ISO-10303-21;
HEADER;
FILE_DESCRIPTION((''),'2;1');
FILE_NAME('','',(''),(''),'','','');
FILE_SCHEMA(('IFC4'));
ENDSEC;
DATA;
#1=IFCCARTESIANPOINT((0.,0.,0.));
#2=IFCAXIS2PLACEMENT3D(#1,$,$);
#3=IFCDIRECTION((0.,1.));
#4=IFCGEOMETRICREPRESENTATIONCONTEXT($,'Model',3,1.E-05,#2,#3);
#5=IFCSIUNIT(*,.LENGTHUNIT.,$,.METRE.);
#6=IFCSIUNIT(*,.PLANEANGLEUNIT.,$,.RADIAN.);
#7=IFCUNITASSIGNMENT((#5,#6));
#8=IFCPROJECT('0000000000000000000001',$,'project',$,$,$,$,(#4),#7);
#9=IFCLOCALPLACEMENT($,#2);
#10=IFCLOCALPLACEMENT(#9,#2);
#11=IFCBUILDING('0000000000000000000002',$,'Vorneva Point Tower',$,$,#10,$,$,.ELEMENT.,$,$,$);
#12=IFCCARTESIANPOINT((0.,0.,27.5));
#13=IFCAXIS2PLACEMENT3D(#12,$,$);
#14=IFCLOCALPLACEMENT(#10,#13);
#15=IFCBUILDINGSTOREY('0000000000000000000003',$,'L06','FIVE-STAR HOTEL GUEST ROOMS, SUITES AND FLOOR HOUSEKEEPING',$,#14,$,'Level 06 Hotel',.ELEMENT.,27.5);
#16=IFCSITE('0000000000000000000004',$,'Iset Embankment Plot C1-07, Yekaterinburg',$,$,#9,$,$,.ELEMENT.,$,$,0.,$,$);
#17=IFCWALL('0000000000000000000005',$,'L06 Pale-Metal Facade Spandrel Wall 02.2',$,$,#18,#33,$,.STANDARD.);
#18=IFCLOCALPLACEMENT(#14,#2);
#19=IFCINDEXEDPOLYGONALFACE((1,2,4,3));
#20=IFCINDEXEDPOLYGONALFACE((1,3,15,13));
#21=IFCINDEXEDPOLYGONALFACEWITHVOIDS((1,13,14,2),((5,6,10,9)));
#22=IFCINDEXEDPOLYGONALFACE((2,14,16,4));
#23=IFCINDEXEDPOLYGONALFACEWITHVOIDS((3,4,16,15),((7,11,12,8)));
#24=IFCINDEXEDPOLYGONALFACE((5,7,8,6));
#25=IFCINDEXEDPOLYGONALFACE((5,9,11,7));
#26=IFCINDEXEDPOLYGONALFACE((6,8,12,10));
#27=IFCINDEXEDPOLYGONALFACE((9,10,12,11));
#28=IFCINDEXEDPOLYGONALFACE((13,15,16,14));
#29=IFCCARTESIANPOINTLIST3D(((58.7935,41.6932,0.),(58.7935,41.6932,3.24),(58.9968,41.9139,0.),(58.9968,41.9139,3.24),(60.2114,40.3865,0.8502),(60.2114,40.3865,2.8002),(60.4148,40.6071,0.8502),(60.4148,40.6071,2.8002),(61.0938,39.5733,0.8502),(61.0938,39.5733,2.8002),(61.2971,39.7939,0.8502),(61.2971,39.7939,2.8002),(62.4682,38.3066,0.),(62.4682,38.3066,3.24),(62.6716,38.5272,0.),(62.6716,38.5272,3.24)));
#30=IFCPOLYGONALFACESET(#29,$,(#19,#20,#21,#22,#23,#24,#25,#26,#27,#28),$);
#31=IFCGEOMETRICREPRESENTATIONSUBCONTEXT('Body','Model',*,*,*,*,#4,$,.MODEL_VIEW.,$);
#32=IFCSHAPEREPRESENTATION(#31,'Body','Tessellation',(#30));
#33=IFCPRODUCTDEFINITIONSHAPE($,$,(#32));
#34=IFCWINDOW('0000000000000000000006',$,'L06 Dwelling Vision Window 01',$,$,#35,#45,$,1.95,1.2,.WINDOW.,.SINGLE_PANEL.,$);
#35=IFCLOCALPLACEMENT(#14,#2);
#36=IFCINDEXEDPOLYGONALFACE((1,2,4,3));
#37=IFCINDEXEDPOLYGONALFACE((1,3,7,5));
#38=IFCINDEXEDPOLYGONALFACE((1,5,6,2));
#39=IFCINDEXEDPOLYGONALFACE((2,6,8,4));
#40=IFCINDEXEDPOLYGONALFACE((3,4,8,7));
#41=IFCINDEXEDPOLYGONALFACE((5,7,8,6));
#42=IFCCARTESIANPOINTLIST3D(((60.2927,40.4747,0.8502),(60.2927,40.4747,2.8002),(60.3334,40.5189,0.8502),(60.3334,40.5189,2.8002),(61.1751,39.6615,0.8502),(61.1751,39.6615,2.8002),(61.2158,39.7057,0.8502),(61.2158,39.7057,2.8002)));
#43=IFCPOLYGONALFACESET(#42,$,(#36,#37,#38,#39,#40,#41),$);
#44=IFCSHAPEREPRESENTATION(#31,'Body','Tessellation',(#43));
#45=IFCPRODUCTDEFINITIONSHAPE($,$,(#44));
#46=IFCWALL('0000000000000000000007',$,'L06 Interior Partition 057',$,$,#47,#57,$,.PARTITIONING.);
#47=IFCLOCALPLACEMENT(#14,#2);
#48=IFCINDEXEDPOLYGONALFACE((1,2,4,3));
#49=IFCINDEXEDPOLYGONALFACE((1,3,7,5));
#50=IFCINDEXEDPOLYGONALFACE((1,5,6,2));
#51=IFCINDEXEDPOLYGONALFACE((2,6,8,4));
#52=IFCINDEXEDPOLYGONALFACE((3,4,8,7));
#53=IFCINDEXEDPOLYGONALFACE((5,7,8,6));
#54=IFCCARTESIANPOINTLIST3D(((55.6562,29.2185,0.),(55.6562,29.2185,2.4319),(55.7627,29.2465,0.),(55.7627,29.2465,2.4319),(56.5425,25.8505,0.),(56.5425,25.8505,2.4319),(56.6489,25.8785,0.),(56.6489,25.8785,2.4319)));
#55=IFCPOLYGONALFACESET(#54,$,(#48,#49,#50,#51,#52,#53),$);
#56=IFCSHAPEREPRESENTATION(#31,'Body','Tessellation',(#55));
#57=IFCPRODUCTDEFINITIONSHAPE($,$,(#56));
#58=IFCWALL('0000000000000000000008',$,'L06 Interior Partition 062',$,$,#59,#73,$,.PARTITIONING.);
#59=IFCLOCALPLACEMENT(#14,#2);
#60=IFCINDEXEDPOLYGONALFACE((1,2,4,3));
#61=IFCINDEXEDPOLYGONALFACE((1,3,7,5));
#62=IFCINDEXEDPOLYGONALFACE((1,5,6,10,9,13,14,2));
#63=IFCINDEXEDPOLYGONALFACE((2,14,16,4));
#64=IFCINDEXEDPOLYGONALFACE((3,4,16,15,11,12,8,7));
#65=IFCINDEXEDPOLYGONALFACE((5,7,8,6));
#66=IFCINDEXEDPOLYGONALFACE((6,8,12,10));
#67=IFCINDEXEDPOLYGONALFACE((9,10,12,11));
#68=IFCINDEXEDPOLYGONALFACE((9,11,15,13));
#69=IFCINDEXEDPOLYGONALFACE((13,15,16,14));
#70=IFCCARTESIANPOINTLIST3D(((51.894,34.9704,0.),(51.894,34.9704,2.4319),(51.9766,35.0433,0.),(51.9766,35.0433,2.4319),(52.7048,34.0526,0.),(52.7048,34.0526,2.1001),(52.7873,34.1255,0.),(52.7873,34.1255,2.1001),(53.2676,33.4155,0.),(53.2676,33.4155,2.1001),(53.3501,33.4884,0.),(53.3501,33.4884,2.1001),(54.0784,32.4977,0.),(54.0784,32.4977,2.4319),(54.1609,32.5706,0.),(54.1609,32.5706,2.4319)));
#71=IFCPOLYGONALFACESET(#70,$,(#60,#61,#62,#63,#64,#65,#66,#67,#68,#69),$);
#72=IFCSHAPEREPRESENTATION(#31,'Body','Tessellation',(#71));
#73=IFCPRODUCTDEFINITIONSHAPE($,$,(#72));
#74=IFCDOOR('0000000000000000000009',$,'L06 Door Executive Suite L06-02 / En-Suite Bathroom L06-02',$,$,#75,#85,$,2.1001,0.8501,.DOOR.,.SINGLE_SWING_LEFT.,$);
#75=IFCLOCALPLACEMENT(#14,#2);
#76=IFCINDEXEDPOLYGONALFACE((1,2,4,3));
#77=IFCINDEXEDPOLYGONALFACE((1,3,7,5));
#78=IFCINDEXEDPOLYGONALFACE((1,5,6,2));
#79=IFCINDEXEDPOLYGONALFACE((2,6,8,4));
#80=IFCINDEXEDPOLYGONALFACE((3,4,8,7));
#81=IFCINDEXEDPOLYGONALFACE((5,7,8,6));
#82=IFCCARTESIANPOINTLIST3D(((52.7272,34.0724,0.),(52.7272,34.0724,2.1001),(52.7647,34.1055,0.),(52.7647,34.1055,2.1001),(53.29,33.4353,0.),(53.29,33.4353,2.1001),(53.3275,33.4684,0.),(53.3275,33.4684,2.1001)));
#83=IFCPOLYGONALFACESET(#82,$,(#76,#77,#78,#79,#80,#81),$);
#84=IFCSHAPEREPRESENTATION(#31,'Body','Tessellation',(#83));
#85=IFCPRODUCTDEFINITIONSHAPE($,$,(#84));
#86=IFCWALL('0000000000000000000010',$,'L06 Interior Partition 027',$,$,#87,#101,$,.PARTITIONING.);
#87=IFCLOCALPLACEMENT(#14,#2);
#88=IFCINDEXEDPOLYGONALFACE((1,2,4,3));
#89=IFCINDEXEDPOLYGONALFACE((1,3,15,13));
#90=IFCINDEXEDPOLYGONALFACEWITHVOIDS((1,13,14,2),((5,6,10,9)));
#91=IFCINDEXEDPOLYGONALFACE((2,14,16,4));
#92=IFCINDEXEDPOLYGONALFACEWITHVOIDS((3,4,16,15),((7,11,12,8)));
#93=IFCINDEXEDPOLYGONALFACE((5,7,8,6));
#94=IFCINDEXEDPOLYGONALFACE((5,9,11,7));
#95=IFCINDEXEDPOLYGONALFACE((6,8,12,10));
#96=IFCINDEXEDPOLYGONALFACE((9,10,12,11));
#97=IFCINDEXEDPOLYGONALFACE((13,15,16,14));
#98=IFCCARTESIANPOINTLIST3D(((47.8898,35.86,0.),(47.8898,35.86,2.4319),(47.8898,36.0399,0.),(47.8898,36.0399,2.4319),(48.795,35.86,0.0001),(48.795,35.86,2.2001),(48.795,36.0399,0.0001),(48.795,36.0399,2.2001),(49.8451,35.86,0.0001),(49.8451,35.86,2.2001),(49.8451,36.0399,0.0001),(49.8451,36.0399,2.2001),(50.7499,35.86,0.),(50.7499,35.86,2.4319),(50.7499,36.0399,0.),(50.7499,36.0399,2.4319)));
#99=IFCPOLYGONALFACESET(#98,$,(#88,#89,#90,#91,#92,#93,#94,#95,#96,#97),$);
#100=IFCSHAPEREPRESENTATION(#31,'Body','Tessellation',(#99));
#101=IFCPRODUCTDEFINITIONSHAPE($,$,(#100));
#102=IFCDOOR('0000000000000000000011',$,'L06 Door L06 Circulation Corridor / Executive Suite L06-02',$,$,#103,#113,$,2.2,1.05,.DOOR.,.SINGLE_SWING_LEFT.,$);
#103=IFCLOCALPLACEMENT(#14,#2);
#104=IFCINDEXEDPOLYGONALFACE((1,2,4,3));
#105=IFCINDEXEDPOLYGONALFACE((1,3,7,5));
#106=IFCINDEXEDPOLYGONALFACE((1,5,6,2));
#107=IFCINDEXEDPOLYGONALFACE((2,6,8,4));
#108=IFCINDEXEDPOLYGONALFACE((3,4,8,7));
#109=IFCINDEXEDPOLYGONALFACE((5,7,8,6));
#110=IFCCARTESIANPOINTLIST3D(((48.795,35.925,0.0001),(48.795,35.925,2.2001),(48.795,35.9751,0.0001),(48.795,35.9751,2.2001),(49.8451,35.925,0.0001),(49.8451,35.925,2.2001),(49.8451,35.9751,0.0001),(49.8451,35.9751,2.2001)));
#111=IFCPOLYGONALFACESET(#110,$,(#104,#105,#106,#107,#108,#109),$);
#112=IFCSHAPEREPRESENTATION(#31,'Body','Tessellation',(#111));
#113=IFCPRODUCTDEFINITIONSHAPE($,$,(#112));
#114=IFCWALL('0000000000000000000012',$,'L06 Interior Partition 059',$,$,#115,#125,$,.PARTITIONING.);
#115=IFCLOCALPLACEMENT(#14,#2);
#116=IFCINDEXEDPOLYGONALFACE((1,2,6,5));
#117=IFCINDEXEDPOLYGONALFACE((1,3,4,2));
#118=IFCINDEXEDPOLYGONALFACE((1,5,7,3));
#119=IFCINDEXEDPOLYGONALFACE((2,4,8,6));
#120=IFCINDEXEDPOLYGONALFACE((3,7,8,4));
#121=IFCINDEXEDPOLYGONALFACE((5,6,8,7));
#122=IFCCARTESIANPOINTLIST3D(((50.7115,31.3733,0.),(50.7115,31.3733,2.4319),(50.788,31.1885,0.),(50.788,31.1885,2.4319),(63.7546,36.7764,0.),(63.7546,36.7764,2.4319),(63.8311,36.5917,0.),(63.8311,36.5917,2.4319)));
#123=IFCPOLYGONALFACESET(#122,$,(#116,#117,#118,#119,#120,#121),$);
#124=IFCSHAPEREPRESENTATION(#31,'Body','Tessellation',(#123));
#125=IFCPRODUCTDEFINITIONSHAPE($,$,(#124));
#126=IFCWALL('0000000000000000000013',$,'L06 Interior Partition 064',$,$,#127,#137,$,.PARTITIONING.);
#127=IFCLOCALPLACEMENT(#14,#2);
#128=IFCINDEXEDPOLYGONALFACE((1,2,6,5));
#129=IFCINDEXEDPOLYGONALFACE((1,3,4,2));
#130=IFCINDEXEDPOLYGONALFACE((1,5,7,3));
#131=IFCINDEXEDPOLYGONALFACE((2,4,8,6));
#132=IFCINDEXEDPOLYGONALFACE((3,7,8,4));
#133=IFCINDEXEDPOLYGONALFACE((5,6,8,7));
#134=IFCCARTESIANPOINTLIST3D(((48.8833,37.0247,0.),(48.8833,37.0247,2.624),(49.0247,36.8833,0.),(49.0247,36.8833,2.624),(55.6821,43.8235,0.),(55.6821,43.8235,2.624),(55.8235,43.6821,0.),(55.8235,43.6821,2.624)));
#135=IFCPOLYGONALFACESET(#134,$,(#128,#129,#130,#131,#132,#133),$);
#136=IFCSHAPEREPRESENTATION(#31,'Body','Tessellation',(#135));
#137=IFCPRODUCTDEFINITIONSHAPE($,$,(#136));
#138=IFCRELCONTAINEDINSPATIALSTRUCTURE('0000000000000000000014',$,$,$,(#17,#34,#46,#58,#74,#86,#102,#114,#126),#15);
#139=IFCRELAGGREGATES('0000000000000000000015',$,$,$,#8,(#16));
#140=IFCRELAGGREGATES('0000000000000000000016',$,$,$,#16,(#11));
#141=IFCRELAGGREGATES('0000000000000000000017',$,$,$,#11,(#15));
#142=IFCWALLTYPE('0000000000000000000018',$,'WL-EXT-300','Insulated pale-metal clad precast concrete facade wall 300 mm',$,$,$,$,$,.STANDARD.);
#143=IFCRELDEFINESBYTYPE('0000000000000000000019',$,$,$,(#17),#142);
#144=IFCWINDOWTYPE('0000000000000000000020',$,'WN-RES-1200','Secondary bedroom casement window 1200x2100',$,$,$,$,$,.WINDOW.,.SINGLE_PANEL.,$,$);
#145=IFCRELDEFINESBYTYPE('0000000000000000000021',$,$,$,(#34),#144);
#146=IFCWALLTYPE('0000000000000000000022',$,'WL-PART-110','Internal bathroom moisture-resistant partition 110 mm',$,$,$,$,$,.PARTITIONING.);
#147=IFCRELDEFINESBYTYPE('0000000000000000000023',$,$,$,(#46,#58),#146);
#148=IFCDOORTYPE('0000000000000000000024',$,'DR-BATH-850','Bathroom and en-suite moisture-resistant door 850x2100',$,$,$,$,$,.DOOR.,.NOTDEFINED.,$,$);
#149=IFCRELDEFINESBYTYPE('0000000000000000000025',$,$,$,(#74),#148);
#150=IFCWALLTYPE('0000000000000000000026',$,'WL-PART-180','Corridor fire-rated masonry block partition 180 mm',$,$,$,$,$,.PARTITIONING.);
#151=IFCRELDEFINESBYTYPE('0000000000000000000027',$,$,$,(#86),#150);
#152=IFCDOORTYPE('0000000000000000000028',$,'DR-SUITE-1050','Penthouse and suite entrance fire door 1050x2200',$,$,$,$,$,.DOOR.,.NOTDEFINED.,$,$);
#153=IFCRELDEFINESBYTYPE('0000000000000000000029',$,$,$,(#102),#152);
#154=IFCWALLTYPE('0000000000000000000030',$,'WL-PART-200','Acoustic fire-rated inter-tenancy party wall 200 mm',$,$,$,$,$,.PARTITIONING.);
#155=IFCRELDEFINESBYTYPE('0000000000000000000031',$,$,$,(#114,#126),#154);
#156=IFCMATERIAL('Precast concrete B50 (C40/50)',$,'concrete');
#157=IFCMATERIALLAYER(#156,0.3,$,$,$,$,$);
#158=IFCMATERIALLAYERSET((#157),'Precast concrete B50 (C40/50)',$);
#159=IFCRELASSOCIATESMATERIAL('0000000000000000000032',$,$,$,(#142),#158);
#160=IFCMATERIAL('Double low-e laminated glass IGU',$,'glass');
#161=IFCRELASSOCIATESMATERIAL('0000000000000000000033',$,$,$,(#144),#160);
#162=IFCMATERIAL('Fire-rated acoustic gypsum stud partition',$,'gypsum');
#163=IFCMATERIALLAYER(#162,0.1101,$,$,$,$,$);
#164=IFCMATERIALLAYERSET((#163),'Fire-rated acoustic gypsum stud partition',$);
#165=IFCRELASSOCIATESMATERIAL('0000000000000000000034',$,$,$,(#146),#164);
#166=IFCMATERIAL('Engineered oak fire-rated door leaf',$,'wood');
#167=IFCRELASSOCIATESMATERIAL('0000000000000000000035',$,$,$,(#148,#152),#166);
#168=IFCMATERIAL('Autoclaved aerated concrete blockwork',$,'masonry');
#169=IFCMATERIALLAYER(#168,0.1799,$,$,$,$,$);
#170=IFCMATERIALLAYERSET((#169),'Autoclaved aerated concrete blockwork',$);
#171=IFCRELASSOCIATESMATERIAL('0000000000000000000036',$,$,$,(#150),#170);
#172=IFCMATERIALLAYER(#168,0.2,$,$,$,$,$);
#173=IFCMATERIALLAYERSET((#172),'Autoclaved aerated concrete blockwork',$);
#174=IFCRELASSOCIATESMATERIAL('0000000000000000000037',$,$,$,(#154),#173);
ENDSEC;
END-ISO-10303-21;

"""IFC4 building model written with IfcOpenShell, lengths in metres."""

from ifc_helpers import new_model, si_unit, direction, frame, frame_2d, origin, place, context, subcontext, project, spatial, rectangle, extrude, material, layer, layer_set, type_object, element, fill, save


model = new_model("IFC4")

# Units and contexts
model_context = context("Model", 3, precision=1e-05, world=origin(), true_north=direction((0.0, 1.0)))
body_context = subcontext(model_context, "Body", "Model", "MODEL_VIEW")
ifc_project = project(units=[si_unit("LENGTHUNIT", "METRE"), si_unit("PLANEANGLEUNIT", "RADIAN")], contexts=[model_context])

# Site, building, storey
site_placement = place(None, origin())
site = spatial("IfcSite", under=ifc_project, at=site_placement, Name="Iset Embankment Plot C1-07, Yekaterinburg", CompositionType="ELEMENT", RefElevation=0.0)
building_placement = place(site_placement, origin())
building = spatial("IfcBuilding", under=site, at=building_placement, Name="Vorneva Point Tower", CompositionType="ELEMENT")
storey_placement = place(building_placement, frame((0.0, 0.0, 27.5)))
storey = spatial("IfcBuildingStorey", under=building, at=storey_placement, Name="L06", Description="FIVE-STAR HOTEL GUEST ROOMS, SUITES AND FLOOR HOUSEKEEPING", LongName="Level 06 Hotel", CompositionType="ELEMENT", Elevation=27.5)

# Shared definitions
ifc_material_1 = material(Name="Double low-e laminated glass IGU", Category="glass")

# Shared definitions
ifc_material_2 = material(Name="Precast concrete B50 (C40/50)", Category="concrete")
ifc_layer_1 = layer(ifc_material_2, 0.3)
ifc_layer_set_1 = layer_set([ifc_layer_1], Name="Precast concrete B50 (C40/50)")
wall_type_1 = type_object("IfcWallType", Name="WL-EXT-300", Description="Insulated pale-metal clad precast concrete facade wall 300 mm", PredefinedType="STANDARD", material=ifc_layer_set_1)

# Wall, opening, window
wall_1_placement = place(storey_placement, frame((62.5698, 38.417, 0.0), z_axis=(0.0, 0.0, 1.0), x_axis=(-0.735343, 0.677696, 0.0)))
wall_1 = element("IfcWall", 1, at=wall_1_placement, inside=storey, type_object=wall_type_1, Name="L06 Pale-Metal Facade Spandrel Wall 02.2", PredefinedType="STANDARD", context=body_context, shape_type="SweptSolid", body=[
    extrude(rectangle(XDim=4.9973, YDim=0.3, at=frame_2d((2.4985, 0.0))), origin(), (0.0, 0.0, 1.0), 3.24),
])
opening_1_placement = place(wall_1_placement, frame((1.8689, 0.0, 0.8501)))
opening_1 = element("IfcOpeningElement", 2, at=opening_1_placement, cuts=wall_1, PredefinedType="OPENING", context=body_context, shape_type="SweptSolid", body=[
    extrude(rectangle(XDim=1.2, YDim=1.95, at=frame_2d((0.6001, 0.9751))), frame((0.0, 0.165, 0.0), z_axis=(0.0, -1.0, 0.0), x_axis=(1.0, 0.0, 0.0)), (0.0, 0.0, 1.0), 0.3298),
])
window_type = type_object("IfcWindowType", Name="WN-RES-1200", Description="Secondary bedroom casement window 1200x2100", PartitioningType="SINGLE_PANEL", PredefinedType="WINDOW", material=ifc_material_1)
window_placement = place(opening_1_placement, origin())
window = element("IfcWindow", 3, at=window_placement, inside=storey, type_object=window_type, Name="L06 Dwelling Vision Window 01", OverallHeight=1.95, OverallWidth=1.2, PartitioningType="SINGLE_PANEL", PredefinedType="WINDOW", context=body_context, shape_type="SweptSolid", body=[
    extrude(rectangle(XDim=1.2, YDim=1.95, at=frame_2d((0.6001, 0.9751))), frame((0.0, 0.03, 0.0), z_axis=(0.0, -1.0, 0.0), x_axis=(1.0, 0.0, 0.0)), (0.0, 0.0, 1.0), 0.0601),
])
fill(opening_1, window)

# Wall
ifc_material_3 = material(Name="Fire-rated acoustic gypsum stud partition", Category="gypsum")
ifc_layer_2 = layer(ifc_material_3, 0.1101)
ifc_layer_set_2 = layer_set([ifc_layer_2], Name="Fire-rated acoustic gypsum stud partition")
wall_type_2 = type_object("IfcWallType", Name="WL-PART-110", Description="Internal bathroom moisture-resistant partition 110 mm", PredefinedType="PARTITIONING", material=ifc_layer_set_2)
wall_2_placement = place(storey_placement, frame((55.7095, 29.2324, 0.0), z_axis=(0.0, 0.0, 1.0), x_axis=(0.254476, -0.967079, 0.0)))
element("IfcWall", 4, at=wall_2_placement, inside=storey, type_object=wall_type_2, Name="L06 Interior Partition 057", PredefinedType="PARTITIONING", context=body_context, shape_type="SweptSolid", body=[
    extrude(rectangle(XDim=3.4827, YDim=0.1101, at=frame_2d((1.7412, 0.0))), origin(), (0.0, 0.0, 1.0), 2.4319),
])

# Walls, openings, doors
wall_3_placement = place(storey_placement, frame((51.9353, 35.0068, 0.0), z_axis=(0.0, 0.0, 1.0), x_axis=(0.66206, -0.749451, 0.0)))
wall_3 = element("IfcWall", 5, at=wall_3_placement, inside=storey, type_object=wall_type_2, Name="L06 Interior Partition 062", PredefinedType="PARTITIONING", context=body_context, shape_type="SweptSolid", body=[
    extrude(rectangle(XDim=3.2993, YDim=0.1101, at=frame_2d((1.6497, 0.0))), origin(), (0.0, 0.0, 1.0), 2.4319),
])
opening_2_placement = place(wall_3_placement, frame((1.2246, 0.0, 0.0)))
opening_2 = element("IfcOpeningElement", 6, at=opening_2_placement, cuts=wall_3, PredefinedType="OPENING", context=body_context, shape_type="SweptSolid", body=[
    extrude(rectangle(XDim=0.8501, YDim=2.1001, at=frame_2d((0.425, 1.05))), frame((0.0, 0.0698, 0.0), z_axis=(0.0, -1.0, 0.0), x_axis=(1.0, 0.0, 0.0)), (0.0, 0.0, 1.0), 0.1399),
])
ifc_material_4 = material(Name="Engineered oak fire-rated door leaf", Category="wood")
door_type_1 = type_object("IfcDoorType", Name="DR-BATH-850", Description="Bathroom and en-suite moisture-resistant door 850x2100", OperationType="NOTDEFINED", PredefinedType="DOOR", material=ifc_material_4)
door_1_placement = place(opening_2_placement, origin())
door_1 = element("IfcDoor", 7, at=door_1_placement, inside=storey, type_object=door_type_1, Name="L06 Door Executive Suite L06-02 / En-Suite Bathroom L06-02", OperationType="SINGLE_SWING_LEFT", OverallHeight=2.1001, OverallWidth=0.8501, PredefinedType="DOOR", context=body_context, shape_type="SweptSolid", body=[
    extrude(rectangle(XDim=0.8501, YDim=2.1001, at=frame_2d((0.425, 1.05))), frame((0.0, 0.0249, 0.0), z_axis=(0.0, -1.0, 0.0), x_axis=(1.0, 0.0, 0.0)), (0.0, 0.0, 1.0), 0.05),
])
fill(opening_2, door_1)
ifc_material_5 = material(Name="Autoclaved aerated concrete blockwork", Category="masonry")
ifc_layer_3 = layer(ifc_material_5, 0.1799)
ifc_layer_set_3 = layer_set([ifc_layer_3], Name="Autoclaved aerated concrete blockwork")
wall_type_3 = type_object("IfcWallType", Name="WL-PART-180", Description="Corridor fire-rated masonry block partition 180 mm", PredefinedType="PARTITIONING", material=ifc_layer_set_3)
wall_4_placement = place(storey_placement, frame((50.75, 35.95, 0.0), z_axis=(0.0, 0.0, 1.0), x_axis=(-1.0, 0.0, 0.0)))
wall_4 = element("IfcWall", 8, at=wall_4_placement, inside=storey, type_object=wall_type_3, Name="L06 Interior Partition 027", PredefinedType="PARTITIONING", context=body_context, shape_type="SweptSolid", body=[
    extrude(rectangle(XDim=2.8601, YDim=0.1799, at=frame_2d((1.4302, 0.0))), origin(), (0.0, 0.0, 1.0), 2.4319),
])
opening_3_placement = place(wall_4_placement, frame((0.905, 0.0, 0.0)))
opening_3 = element("IfcOpeningElement", 9, at=opening_3_placement, cuts=wall_4, PredefinedType="OPENING", context=body_context, shape_type="SweptSolid", body=[
    extrude(rectangle(XDim=1.05, YDim=2.2, at=frame_2d((0.5249, 1.1001))), frame((0.0, 0.105, 0.0), z_axis=(0.0, -1.0, 0.0), x_axis=(1.0, 0.0, 0.0)), (0.0, 0.0, 1.0), 0.2097),
])
door_type_2 = type_object("IfcDoorType", Name="DR-SUITE-1050", Description="Penthouse and suite entrance fire door 1050x2200", OperationType="NOTDEFINED", PredefinedType="DOOR", material=ifc_material_4)
door_2_placement = place(opening_3_placement, origin())
door_2 = element("IfcDoor", 10, at=door_2_placement, inside=storey, type_object=door_type_2, Name="L06 Door L06 Circulation Corridor / Executive Suite L06-02", OperationType="SINGLE_SWING_LEFT", OverallHeight=2.2, OverallWidth=1.05, PredefinedType="DOOR", context=body_context, shape_type="SweptSolid", body=[
    extrude(rectangle(XDim=1.05, YDim=2.2, at=frame_2d((0.5249, 1.1001))), frame((0.0, 0.0249, 0.0), z_axis=(0.0, -1.0, 0.0), x_axis=(1.0, 0.0, 0.0)), (0.0, 0.0, 1.0), 0.05),
])
fill(opening_3, door_2)

# Walls
ifc_layer_4 = layer(ifc_material_5, 0.2)
ifc_layer_set_4 = layer_set([ifc_layer_4], Name="Autoclaved aerated concrete blockwork")
wall_type_4 = type_object("IfcWallType", Name="WL-PART-200", Description="Acoustic fire-rated inter-tenancy party wall 200 mm", PredefinedType="PARTITIONING", material=ifc_layer_set_4)
wall_5_placement = place(storey_placement, frame((63.793, 36.6841, 0.0), z_axis=(0.0, 0.0, 1.0), x_axis=(-0.923867, -0.382714, 0.0)))
element("IfcWall", 11, at=wall_5_placement, inside=storey, type_object=wall_type_4, Name="L06 Interior Partition 059", PredefinedType="PARTITIONING", context=body_context, shape_type="SweptSolid", body=[
    extrude(rectangle(XDim=14.1179, YDim=0.2, at=frame_2d((7.0591, 0.0))), origin(), (0.0, 0.0, 1.0), 2.4319),
])
wall_6_placement = place(storey_placement, frame((55.7529, 43.7529, 0.0), z_axis=(0.0, 0.0, 1.0), x_axis=(-0.707107, -0.707107, 0.0)))
element("IfcWall", 12, at=wall_6_placement, inside=storey, type_object=wall_type_4, Name="L06 Interior Partition 064", PredefinedType="PARTITIONING", context=body_context, shape_type="SweptSolid", body=[
    extrude(rectangle(XDim=9.615, YDim=0.2, at=frame_2d((4.8076, 0.0))), origin(), (0.0, 0.0, 1.0), 2.624),
])

save(model, "model.ifc")
